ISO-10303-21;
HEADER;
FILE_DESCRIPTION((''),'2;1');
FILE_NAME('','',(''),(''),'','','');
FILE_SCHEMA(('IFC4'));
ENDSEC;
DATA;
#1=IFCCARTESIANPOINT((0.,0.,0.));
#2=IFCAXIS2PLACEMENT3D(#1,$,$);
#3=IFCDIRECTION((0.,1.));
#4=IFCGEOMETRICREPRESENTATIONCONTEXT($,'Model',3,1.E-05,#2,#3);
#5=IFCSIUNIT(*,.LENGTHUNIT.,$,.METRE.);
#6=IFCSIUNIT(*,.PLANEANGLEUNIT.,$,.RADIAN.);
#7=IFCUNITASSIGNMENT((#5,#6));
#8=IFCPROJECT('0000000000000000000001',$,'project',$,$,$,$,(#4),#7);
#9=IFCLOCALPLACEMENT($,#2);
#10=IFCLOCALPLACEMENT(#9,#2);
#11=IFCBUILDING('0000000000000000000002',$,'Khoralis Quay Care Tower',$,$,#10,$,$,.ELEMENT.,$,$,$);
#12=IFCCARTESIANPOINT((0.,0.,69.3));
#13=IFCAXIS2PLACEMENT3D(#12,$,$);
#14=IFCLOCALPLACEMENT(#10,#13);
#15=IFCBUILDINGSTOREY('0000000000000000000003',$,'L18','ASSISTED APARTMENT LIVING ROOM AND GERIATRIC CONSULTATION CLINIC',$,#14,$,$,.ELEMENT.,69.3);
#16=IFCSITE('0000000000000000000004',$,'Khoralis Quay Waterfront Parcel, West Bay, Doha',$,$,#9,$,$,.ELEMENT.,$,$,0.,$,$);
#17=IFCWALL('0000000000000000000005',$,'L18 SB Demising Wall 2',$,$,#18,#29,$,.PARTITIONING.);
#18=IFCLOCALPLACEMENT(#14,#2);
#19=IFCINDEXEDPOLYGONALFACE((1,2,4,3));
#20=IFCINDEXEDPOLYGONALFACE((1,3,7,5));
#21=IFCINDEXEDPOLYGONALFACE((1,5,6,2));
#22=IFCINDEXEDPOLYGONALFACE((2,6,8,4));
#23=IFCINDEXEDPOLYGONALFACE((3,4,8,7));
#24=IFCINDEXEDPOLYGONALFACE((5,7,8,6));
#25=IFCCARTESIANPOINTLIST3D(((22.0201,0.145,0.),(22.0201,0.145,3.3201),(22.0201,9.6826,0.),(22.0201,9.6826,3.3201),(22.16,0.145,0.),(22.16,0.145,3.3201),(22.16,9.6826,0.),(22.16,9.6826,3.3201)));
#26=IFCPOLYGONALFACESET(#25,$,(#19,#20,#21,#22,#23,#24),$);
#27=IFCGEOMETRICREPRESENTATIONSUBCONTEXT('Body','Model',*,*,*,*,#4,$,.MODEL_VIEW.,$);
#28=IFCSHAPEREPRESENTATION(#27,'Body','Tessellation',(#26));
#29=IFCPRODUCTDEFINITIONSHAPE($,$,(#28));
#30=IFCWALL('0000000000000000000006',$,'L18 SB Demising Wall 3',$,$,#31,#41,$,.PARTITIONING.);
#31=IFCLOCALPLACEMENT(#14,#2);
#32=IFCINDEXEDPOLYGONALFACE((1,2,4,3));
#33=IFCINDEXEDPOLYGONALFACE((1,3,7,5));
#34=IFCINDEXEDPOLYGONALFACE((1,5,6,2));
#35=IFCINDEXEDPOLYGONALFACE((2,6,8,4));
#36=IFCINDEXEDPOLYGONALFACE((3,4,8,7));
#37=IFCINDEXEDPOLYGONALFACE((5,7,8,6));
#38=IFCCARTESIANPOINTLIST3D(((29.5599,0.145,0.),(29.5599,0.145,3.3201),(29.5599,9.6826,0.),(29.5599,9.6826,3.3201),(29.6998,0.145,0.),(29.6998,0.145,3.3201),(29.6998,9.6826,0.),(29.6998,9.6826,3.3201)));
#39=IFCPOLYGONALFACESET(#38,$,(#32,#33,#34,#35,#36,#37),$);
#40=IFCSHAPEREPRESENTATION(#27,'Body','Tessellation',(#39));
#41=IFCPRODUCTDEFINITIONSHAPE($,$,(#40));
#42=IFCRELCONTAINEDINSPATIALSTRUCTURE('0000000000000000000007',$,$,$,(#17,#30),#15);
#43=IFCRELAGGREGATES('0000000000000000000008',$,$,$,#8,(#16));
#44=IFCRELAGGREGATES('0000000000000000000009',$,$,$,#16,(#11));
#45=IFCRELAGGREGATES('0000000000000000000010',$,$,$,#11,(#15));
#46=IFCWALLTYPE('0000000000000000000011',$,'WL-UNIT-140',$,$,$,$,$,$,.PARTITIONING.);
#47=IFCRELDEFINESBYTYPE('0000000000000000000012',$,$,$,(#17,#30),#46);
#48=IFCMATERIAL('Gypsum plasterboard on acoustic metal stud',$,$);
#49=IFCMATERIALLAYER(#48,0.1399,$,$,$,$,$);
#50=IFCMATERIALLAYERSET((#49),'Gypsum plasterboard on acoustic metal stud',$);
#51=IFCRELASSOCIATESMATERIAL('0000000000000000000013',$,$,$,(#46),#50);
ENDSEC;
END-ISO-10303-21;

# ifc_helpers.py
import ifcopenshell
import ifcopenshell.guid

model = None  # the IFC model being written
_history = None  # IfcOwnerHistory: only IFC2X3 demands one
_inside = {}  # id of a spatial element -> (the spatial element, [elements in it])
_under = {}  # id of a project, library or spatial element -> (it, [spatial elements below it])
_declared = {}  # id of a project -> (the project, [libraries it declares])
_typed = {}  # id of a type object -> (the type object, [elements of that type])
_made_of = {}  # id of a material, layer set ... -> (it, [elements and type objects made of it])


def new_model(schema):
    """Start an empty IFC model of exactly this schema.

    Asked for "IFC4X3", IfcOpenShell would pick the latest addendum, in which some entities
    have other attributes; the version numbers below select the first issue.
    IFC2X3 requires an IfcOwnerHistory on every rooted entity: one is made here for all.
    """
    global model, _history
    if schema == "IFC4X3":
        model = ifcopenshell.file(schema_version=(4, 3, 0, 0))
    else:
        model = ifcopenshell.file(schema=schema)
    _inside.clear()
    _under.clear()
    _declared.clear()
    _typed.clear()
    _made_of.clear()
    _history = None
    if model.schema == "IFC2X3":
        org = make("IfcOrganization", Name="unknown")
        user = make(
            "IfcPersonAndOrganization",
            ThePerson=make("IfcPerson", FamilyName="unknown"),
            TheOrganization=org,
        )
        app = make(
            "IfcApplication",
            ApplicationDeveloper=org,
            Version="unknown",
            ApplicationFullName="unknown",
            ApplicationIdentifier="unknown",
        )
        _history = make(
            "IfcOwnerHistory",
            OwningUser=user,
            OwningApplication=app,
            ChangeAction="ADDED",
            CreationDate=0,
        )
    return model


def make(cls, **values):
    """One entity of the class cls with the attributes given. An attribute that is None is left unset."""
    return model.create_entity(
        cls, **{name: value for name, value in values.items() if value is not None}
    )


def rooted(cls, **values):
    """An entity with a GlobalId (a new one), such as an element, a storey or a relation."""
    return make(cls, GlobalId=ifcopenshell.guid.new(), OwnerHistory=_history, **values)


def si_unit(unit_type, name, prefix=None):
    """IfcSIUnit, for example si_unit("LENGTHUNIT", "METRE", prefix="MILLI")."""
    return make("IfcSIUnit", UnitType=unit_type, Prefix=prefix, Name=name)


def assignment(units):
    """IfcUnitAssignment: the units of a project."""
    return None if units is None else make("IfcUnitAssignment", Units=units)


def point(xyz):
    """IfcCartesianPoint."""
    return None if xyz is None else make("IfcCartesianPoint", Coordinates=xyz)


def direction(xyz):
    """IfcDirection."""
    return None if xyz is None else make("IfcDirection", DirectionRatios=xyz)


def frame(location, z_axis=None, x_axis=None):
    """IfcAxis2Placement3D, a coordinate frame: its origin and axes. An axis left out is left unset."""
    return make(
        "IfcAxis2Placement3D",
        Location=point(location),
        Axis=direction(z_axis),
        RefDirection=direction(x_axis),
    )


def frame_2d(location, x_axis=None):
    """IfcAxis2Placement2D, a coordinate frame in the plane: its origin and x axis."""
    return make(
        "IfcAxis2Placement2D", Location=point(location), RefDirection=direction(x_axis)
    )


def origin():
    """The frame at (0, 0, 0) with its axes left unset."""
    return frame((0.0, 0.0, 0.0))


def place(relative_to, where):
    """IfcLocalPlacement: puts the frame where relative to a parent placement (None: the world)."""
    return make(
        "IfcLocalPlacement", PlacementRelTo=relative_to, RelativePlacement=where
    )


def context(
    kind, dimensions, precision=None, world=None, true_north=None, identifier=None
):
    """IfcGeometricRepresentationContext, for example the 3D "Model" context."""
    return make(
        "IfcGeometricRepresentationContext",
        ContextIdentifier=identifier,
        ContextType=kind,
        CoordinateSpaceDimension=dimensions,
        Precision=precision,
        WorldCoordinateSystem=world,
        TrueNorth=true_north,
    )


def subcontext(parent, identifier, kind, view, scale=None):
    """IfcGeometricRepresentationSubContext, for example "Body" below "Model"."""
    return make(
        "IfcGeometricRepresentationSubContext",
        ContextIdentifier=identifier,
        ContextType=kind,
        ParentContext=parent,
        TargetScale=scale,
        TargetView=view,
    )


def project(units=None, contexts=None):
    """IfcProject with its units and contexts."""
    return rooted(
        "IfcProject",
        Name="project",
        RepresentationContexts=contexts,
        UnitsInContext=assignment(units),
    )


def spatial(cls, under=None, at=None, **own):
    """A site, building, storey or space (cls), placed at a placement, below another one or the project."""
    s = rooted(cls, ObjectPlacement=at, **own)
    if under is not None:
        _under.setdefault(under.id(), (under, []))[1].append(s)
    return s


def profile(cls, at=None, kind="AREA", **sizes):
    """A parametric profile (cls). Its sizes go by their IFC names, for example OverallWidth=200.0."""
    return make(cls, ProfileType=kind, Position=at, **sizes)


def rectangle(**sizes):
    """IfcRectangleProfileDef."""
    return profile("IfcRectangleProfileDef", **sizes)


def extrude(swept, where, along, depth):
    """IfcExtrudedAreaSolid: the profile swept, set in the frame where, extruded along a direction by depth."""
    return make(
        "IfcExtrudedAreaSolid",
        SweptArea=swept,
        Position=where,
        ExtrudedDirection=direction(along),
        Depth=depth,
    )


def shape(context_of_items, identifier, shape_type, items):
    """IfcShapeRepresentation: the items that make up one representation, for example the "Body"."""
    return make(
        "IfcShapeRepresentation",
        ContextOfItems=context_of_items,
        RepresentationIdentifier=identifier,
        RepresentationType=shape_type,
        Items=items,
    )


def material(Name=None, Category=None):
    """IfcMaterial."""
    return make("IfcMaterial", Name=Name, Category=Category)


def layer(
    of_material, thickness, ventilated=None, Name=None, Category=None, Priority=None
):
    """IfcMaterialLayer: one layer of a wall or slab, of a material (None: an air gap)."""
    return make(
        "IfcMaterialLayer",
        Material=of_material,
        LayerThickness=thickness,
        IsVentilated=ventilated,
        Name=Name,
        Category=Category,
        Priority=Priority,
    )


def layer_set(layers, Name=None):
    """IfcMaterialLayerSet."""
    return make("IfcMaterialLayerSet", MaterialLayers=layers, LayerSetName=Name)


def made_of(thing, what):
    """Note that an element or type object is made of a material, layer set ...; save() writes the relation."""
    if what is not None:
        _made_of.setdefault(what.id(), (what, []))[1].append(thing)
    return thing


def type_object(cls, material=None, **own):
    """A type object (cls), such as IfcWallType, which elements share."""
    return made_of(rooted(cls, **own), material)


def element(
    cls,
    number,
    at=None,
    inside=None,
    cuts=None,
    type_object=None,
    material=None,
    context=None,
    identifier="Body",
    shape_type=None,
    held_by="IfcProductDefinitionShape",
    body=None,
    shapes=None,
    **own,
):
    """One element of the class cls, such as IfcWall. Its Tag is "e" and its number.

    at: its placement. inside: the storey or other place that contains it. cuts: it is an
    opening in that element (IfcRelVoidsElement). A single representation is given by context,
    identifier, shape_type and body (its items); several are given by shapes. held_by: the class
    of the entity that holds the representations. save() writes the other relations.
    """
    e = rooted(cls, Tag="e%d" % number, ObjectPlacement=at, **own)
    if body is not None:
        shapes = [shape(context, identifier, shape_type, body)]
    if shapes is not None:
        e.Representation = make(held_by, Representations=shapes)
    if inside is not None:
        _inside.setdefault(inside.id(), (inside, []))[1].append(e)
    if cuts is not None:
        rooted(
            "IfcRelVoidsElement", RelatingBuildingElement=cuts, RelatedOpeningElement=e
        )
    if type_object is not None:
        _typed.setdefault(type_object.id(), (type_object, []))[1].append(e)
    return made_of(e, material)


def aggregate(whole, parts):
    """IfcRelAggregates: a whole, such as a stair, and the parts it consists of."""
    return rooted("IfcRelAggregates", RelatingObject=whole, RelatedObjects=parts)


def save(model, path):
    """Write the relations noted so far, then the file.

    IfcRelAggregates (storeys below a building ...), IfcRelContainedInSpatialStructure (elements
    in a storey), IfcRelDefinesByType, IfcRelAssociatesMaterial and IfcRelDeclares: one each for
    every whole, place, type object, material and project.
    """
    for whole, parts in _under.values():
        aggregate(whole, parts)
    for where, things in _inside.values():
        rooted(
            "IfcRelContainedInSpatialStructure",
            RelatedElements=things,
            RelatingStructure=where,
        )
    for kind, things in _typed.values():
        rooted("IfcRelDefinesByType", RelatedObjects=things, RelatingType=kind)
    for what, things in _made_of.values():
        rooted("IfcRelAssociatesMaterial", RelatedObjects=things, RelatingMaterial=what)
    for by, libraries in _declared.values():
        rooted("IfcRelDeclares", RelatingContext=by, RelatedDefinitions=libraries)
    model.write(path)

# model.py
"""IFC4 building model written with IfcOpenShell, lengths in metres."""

from ifc_helpers import new_model, si_unit, direction, frame, frame_2d, origin, place, context, subcontext, project, spatial, rectangle, extrude, material, layer, layer_set, type_object, element, save


model = new_model("IFC4")

# Units and contexts
model_context = context("Model", 3, precision=1e-05, world=origin(), true_north=direction((0.0, 1.0)))
body_context = subcontext(model_context, "Body", "Model", "MODEL_VIEW")
ifc_project = project(units=[si_unit("LENGTHUNIT", "METRE"), si_unit("PLANEANGLEUNIT", "RADIAN")], contexts=[model_context])

# Site, building, storey
site_placement = place(None, origin())
site = spatial("IfcSite", under=ifc_project, at=site_placement, Name="Khoralis Quay Waterfront Parcel, West Bay, Doha", CompositionType="ELEMENT", RefElevation=0.0)
building_placement = place(site_placement, origin())
building = spatial("IfcBuilding", under=site, at=building_placement, Name="Khoralis Quay Care Tower", CompositionType="ELEMENT")
storey_placement = place(building_placement, frame((0.0, 0.0, 69.3)))
storey = spatial("IfcBuildingStorey", under=building, at=storey_placement, Name="L18", Description="ASSISTED APARTMENT LIVING ROOM AND GERIATRIC CONSULTATION CLINIC", CompositionType="ELEMENT", Elevation=69.3)

# Shared definitions
ifc_material_1 = material(Name="Gypsum plasterboard on acoustic metal stud")

# Walls
ifc_layer_1 = layer(ifc_material_1, 0.1399)
ifc_layer_set_1 = layer_set([ifc_layer_1], Name="Gypsum plasterboard on acoustic metal stud")
wall_type_1 = type_object("IfcWallType", Name="WL-UNIT-140", PredefinedType="PARTITIONING", material=ifc_layer_set_1)
for number, where, z_axis, x_axis, name in (
    (1, (22.0901, 0.145, 0.0), (0.0, 0.0, 1.0), (0.0, 1.0, 0.0), "L18 SB Demising Wall 2"),
    (2, (29.6299, 0.145, 0.0), (0.0, 0.0, 1.0), (0.0, 1.0, 0.0), "L18 SB Demising Wall 3"),
):
    element("IfcWall", number, at=place(storey_placement, frame(where, z_axis=z_axis, x_axis=x_axis)), inside=storey, type_object=wall_type_1, Name=name, PredefinedType="PARTITIONING", context=body_context, shape_type="SweptSolid", body=[
        extrude(rectangle(XDim=9.5376, YDim=0.1399, at=frame_2d((4.7688, 0.0))), origin(), (0.0, 0.0, 1.0), 3.3201),
    ])

save(model, "model.ifc")
